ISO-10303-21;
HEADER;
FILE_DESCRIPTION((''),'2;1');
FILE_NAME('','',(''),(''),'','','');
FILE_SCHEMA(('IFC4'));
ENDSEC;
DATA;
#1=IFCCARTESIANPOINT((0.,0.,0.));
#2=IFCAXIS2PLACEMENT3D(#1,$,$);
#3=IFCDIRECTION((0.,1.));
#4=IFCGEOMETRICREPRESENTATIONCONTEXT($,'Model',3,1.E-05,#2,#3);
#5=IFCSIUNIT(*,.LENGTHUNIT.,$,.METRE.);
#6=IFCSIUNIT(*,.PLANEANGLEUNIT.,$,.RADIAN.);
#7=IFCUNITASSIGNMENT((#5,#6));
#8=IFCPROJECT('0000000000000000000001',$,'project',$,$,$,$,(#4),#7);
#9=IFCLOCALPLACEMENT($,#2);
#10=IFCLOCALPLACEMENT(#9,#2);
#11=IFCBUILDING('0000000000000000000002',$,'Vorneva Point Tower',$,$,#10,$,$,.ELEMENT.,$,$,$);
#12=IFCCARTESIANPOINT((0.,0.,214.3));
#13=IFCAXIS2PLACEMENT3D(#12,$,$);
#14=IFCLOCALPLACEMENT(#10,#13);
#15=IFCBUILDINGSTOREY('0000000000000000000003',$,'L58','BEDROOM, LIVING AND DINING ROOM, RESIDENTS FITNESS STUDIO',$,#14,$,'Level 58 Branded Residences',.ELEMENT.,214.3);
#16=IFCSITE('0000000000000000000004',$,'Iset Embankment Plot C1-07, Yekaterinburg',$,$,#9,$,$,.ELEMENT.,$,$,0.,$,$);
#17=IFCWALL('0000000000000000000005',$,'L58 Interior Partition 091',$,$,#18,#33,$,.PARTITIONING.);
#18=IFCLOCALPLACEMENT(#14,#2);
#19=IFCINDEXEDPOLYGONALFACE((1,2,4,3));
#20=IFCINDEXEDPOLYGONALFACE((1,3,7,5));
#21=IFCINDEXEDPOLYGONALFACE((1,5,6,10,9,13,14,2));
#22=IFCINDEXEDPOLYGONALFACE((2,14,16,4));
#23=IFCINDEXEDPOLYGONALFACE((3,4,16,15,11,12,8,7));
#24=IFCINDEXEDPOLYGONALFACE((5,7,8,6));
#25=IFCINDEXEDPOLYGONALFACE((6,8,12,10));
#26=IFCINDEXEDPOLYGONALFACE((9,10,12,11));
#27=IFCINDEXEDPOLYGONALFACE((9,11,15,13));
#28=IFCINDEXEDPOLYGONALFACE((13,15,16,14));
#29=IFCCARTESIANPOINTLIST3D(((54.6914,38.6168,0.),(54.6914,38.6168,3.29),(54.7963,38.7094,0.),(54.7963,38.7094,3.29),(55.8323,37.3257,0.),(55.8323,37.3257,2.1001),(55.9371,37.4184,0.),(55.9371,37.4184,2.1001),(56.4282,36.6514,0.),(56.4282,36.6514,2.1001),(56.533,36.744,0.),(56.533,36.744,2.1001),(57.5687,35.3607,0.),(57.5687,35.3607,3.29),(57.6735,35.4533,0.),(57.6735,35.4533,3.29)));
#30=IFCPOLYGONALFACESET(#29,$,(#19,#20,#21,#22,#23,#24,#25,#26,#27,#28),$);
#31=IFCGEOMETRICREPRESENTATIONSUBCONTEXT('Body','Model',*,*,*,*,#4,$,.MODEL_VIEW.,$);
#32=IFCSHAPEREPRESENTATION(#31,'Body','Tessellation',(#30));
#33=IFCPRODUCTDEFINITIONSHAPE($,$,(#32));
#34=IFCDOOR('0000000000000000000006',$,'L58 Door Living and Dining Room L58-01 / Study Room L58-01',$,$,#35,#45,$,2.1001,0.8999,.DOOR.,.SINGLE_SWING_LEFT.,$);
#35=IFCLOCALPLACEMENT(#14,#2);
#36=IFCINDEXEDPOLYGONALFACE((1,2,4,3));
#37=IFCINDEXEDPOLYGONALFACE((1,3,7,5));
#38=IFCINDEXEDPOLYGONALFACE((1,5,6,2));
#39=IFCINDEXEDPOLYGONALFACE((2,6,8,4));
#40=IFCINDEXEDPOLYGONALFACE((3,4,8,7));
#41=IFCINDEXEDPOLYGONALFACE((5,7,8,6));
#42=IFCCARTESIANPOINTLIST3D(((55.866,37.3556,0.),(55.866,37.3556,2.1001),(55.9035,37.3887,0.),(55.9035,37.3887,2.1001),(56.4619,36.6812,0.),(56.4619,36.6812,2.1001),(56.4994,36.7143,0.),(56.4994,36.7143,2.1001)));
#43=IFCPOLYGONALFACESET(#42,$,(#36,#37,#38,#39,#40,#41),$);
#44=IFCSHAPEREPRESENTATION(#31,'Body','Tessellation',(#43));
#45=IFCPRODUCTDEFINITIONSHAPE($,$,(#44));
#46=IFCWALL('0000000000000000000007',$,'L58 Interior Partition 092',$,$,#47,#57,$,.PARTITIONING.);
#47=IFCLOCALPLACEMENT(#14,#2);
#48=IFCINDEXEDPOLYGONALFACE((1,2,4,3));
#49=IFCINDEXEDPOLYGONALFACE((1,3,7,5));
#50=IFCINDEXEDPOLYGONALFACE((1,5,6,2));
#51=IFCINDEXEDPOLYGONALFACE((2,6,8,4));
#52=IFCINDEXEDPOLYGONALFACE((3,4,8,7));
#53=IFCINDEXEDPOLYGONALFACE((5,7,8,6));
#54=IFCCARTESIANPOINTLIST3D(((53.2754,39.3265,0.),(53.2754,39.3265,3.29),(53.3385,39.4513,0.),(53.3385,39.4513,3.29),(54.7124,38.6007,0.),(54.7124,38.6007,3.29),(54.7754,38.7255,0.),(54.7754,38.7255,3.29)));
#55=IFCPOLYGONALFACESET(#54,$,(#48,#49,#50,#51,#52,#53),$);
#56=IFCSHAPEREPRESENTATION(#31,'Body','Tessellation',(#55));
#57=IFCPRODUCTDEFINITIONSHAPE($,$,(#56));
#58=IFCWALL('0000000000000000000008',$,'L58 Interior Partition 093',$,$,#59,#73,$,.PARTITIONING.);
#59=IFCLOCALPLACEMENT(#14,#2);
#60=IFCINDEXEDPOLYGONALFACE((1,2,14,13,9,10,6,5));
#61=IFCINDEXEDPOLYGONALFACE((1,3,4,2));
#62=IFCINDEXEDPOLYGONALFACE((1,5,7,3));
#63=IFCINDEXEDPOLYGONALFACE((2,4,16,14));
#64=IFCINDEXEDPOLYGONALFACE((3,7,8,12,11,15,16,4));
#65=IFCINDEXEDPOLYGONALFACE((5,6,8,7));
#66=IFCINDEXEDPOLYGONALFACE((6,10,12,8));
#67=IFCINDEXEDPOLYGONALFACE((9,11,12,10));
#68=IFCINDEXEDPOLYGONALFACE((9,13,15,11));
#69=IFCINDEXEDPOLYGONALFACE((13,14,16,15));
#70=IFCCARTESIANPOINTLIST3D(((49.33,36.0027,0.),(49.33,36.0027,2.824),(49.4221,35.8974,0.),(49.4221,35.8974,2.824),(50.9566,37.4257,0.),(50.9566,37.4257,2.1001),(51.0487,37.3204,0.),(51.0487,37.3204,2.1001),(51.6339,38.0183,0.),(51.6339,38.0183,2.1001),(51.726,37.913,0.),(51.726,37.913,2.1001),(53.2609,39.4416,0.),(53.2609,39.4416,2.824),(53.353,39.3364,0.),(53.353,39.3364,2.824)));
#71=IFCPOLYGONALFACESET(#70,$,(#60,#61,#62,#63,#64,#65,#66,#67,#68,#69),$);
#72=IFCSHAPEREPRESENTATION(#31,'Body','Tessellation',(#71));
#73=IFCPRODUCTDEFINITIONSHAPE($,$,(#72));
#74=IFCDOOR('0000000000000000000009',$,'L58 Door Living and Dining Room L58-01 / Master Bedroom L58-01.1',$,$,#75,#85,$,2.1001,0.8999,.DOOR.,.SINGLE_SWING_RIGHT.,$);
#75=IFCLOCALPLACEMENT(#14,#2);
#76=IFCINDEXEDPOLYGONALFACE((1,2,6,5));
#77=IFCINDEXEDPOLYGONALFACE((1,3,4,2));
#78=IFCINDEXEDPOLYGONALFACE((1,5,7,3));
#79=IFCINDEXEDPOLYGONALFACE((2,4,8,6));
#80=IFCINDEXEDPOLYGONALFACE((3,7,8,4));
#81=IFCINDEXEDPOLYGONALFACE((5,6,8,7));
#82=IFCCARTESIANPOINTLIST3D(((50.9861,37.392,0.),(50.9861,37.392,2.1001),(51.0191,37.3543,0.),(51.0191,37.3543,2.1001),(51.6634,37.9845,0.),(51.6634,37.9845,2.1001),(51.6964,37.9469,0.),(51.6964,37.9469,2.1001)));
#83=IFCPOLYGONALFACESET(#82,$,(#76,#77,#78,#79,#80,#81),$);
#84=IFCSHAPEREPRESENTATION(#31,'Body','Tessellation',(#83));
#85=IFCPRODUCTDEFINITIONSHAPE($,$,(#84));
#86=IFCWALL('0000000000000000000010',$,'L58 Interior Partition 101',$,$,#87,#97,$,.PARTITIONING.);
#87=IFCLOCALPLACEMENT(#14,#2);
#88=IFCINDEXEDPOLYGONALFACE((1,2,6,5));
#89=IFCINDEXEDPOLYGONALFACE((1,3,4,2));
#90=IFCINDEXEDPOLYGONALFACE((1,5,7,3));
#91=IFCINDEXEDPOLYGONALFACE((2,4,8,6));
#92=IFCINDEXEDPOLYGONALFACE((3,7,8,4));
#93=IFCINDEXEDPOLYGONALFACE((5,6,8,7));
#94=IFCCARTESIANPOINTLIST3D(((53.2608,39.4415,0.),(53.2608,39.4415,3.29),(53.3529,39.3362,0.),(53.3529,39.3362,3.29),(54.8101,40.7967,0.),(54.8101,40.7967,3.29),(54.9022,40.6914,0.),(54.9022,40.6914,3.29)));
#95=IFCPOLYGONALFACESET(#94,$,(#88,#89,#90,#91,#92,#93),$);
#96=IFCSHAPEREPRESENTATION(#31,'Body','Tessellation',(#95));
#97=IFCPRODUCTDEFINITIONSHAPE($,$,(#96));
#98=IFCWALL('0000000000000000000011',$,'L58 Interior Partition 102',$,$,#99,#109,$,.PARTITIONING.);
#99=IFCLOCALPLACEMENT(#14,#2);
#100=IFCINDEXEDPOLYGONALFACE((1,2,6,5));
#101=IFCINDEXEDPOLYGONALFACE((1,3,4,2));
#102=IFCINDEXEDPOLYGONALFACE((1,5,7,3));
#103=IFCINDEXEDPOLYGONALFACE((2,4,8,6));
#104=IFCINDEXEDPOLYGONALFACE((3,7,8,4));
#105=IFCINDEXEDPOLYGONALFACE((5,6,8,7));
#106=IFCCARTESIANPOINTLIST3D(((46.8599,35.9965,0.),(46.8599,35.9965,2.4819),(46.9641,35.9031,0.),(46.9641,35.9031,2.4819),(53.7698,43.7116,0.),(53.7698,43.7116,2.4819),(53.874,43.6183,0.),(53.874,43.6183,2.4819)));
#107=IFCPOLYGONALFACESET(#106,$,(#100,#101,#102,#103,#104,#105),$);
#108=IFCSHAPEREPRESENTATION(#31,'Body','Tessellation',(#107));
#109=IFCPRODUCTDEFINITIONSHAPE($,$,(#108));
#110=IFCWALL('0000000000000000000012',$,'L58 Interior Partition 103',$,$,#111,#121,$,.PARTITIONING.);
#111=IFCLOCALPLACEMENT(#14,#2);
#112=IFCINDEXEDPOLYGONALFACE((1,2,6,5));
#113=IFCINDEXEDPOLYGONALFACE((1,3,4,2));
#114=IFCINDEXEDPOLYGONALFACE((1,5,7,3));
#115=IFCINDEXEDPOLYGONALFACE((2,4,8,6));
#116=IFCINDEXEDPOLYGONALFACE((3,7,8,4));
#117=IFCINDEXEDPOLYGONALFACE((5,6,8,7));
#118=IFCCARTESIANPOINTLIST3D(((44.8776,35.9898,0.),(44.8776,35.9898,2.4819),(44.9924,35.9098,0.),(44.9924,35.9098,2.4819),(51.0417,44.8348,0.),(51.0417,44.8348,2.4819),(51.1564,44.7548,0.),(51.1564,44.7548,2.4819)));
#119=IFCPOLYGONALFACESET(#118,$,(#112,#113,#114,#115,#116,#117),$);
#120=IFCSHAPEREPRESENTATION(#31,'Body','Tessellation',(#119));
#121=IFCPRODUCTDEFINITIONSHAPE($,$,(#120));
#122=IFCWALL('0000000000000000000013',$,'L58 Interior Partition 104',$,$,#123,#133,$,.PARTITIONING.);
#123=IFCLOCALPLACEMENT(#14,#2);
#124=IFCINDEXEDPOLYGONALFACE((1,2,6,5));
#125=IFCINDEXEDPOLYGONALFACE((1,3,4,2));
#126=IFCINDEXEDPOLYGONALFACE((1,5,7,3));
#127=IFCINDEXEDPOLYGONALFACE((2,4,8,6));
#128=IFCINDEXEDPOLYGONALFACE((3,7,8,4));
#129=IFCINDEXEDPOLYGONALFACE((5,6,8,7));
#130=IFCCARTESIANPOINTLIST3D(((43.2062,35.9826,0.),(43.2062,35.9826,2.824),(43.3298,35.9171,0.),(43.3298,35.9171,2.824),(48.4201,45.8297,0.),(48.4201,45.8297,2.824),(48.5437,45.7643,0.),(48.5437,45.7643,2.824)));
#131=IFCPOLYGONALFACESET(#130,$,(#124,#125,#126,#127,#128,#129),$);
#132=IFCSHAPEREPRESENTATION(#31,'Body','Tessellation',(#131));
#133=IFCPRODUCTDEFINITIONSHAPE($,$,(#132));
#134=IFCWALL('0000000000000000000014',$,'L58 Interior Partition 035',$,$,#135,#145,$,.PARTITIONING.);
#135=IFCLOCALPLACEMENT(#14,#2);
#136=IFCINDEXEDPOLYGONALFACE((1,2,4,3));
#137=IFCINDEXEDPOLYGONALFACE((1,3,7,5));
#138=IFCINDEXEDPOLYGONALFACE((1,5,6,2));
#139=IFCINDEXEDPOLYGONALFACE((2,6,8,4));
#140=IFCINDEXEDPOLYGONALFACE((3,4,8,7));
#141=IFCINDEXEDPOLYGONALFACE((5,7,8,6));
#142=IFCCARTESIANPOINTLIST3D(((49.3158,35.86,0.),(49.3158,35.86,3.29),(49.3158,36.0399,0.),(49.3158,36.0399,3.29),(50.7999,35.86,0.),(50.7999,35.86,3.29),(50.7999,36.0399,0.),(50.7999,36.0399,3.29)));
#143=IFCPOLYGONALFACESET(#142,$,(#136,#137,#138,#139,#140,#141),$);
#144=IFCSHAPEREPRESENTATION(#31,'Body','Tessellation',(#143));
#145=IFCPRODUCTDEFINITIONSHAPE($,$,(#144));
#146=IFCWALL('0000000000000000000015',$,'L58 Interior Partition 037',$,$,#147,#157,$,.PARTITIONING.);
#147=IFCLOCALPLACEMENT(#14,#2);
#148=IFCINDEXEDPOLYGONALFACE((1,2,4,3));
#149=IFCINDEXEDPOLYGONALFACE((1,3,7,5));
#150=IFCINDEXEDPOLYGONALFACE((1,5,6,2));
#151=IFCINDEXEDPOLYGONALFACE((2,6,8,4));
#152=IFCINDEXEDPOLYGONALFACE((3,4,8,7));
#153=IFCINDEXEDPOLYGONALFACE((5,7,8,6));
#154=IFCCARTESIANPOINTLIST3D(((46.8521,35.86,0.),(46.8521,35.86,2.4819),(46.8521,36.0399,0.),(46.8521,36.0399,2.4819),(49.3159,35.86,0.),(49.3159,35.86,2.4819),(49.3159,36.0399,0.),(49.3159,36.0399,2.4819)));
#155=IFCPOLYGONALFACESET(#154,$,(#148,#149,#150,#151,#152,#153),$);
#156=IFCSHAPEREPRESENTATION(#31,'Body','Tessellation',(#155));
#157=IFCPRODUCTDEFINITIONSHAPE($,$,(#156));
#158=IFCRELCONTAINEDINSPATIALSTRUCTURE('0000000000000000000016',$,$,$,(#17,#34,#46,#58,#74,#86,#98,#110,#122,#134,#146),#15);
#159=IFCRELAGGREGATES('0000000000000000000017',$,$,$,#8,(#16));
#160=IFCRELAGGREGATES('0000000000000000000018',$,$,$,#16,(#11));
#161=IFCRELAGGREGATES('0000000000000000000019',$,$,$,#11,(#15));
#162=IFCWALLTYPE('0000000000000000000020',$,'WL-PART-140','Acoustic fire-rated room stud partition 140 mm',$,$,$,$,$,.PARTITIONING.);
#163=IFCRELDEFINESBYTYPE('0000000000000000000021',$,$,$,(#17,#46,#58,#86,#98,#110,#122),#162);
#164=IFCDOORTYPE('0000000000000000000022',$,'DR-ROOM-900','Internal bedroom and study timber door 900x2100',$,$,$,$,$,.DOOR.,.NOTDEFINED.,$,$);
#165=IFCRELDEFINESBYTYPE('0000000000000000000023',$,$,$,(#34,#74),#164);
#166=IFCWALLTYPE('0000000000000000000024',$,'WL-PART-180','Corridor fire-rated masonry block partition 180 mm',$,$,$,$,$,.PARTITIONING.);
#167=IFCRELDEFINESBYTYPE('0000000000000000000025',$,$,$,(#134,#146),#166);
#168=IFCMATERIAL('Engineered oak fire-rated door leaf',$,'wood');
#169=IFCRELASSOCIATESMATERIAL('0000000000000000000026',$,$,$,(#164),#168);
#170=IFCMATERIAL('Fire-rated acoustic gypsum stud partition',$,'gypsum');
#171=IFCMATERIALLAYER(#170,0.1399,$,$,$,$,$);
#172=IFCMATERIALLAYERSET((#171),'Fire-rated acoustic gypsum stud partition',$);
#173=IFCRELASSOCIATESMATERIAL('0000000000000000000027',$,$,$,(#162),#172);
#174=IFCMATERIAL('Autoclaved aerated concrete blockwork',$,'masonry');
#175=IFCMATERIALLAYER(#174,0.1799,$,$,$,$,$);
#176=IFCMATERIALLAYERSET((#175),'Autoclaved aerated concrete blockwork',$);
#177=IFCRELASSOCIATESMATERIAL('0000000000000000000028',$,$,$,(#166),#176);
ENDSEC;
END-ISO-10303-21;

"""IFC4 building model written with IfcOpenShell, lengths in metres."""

from ifc_helpers import new_model, si_unit, direction, frame, frame_2d, origin, place, context, subcontext, project, spatial, rectangle, extrude, material, layer, layer_set, type_object, element, fill, save


model = new_model("IFC4")

# Units and contexts
model_context = context("Model", 3, precision=1e-05, world=origin(), true_north=direction((0.0, 1.0)))
body_context = subcontext(model_context, "Body", "Model", "MODEL_VIEW")
ifc_project = project(units=[si_unit("LENGTHUNIT", "METRE"), si_unit("PLANEANGLEUNIT", "RADIAN")], contexts=[model_context])

# Site, building, storey
site_placement = place(None, origin())
site = spatial("IfcSite", under=ifc_project, at=site_placement, Name="Iset Embankment Plot C1-07, Yekaterinburg", CompositionType="ELEMENT", RefElevation=0.0)
building_placement = place(site_placement, origin())
building = spatial("IfcBuilding", under=site, at=building_placement, Name="Vorneva Point Tower", CompositionType="ELEMENT")
storey_placement = place(building_placement, frame((0.0, 0.0, 214.3)))
storey = spatial("IfcBuildingStorey", under=building, at=storey_placement, Name="L58", Description="BEDROOM, LIVING AND DINING ROOM, RESIDENTS FITNESS STUDIO", LongName="Level 58 Branded Residences", CompositionType="ELEMENT", Elevation=214.3)

# Shared definitions
ifc_material_1 = material(Name="Fire-rated acoustic gypsum stud partition", Category="gypsum")
ifc_material_2 = material(Name="Engineered oak fire-rated door leaf", Category="wood")
door_type = type_object("IfcDoorType", Name="DR-ROOM-900", Description="Internal bedroom and study timber door 900x2100", OperationType="NOTDEFINED", PredefinedType="DOOR", material=ifc_material_2)

# Shared definitions
ifc_layer_1 = layer(ifc_material_1, 0.1399)
ifc_layer_set_1 = layer_set([ifc_layer_1], Name="Fire-rated acoustic gypsum stud partition")
wall_type_1 = type_object("IfcWallType", Name="WL-PART-140", Description="Acoustic fire-rated room stud partition 140 mm", PredefinedType="PARTITIONING", material=ifc_layer_set_1)

# Wall, opening, door
wall_1_placement = place(storey_placement, frame((57.6211, 35.407, 0.0), z_axis=(0.0, 0.0, 1.0), x_axis=(-0.66216, 0.749362, 0.0)))
wall_1 = element("IfcWall", 1, at=wall_1_placement, inside=storey, type_object=wall_type_1, Name="L58 Interior Partition 091", PredefinedType="PARTITIONING", context=body_context, shape_type="SweptSolid", body=[
    extrude(rectangle(XDim=4.3452, YDim=0.1399, at=frame_2d((2.1726, 0.0))), origin(), (0.0, 0.0, 1.0), 3.29),
])
opening_1_placement = place(wall_1_placement, frame((1.7224, 0.0, 0.0)))
opening_1 = element("IfcOpeningElement", 2, at=opening_1_placement, cuts=wall_1, PredefinedType="OPENING", context=body_context, shape_type="SweptSolid", body=[
    extrude(rectangle(XDim=0.8999, YDim=2.1001, at=frame_2d((0.45, 1.05))), frame((0.0, 0.085, 0.0), z_axis=(0.0, -1.0, 0.0), x_axis=(1.0, 0.0, 0.0)), (0.0, 0.0, 1.0), 0.1697),
])
door_1_placement = place(opening_1_placement, origin())
door_1 = element("IfcDoor", 3, at=door_1_placement, inside=storey, type_object=door_type, Name="L58 Door Living and Dining Room L58-01 / Study Room L58-01", OperationType="SINGLE_SWING_LEFT", OverallHeight=2.1001, OverallWidth=0.8999, PredefinedType="DOOR", context=body_context, shape_type="SweptSolid", body=[
    extrude(rectangle(XDim=0.8999, YDim=2.1001, at=frame_2d((0.45, 1.05))), frame((0.0, 0.0249, 0.0), z_axis=(0.0, -1.0, 0.0), x_axis=(1.0, 0.0, 0.0)), (0.0, 0.0, 1.0), 0.05),
])
fill(opening_1, door_1)

# Wall
wall_2_placement = place(storey_placement, frame((54.7439, 38.6631, 0.0), z_axis=(0.0, 0.0, 1.0), x_axis=(-0.8926, 0.450849, 0.0)))
element("IfcWall", 4, at=wall_2_placement, inside=storey, type_object=wall_type_1, Name="L58 Interior Partition 092", PredefinedType="PARTITIONING", context=body_context, shape_type="SweptSolid", body=[
    extrude(rectangle(XDim=1.6099, YDim=0.1399, at=frame_2d((0.8049, 0.0))), origin(), (0.0, 0.0, 1.0), 3.29),
])

# Wall, opening, door
wall_3_placement = place(storey_placement, frame((53.3069, 39.3889, 0.0), z_axis=(0.0, 0.0, 1.0), x_axis=(-0.752632, -0.658442, 0.0)))
wall_3 = element("IfcWall", 5, at=wall_3_placement, inside=storey, type_object=wall_type_1, Name="L58 Interior Partition 093", PredefinedType="PARTITIONING", context=body_context, shape_type="SweptSolid", body=[
    extrude(rectangle(XDim=5.2229, YDim=0.1399, at=frame_2d((2.6113, 0.0))), origin(), (0.0, 0.0, 1.0), 2.824),
])
opening_2_placement = place(wall_3_placement, frame((2.1616, 0.0, 0.0)))
opening_2 = element("IfcOpeningElement", 6, at=opening_2_placement, cuts=wall_3, PredefinedType="OPENING", context=body_context, shape_type="SweptSolid", body=[
    extrude(rectangle(XDim=0.8999, YDim=2.1001, at=frame_2d((0.45, 1.05))), frame((0.0, 0.085, 0.0), z_axis=(0.0, -1.0, 0.0), x_axis=(1.0, 0.0, 0.0)), (0.0, 0.0, 1.0), 0.1697),
])
door_2_placement = place(opening_2_placement, origin())
door_2 = element("IfcDoor", 7, at=door_2_placement, inside=storey, type_object=door_type, Name="L58 Door Living and Dining Room L58-01 / Master Bedroom L58-01.1", OperationType="SINGLE_SWING_RIGHT", OverallHeight=2.1001, OverallWidth=0.8999, PredefinedType="DOOR", context=body_context, shape_type="SweptSolid", body=[
    extrude(rectangle(XDim=0.8999, YDim=2.1001, at=frame_2d((0.45, 1.05))), frame((0.0, 0.0249, 0.0), z_axis=(0.0, -1.0, 0.0), x_axis=(1.0, 0.0, 0.0)), (0.0, 0.0, 1.0), 0.05),
])
fill(opening_2, door_2)

# Walls
wall_4_placement = place(storey_placement, frame((54.8562, 40.7441, 0.0), z_axis=(0.0, 0.0, 1.0), x_axis=(-0.75268, -0.658387, 0.0)))
element("IfcWall", 8, at=wall_4_placement, inside=storey, type_object=wall_type_1, Name="L58 Interior Partition 101", PredefinedType="PARTITIONING", context=body_context, shape_type="SweptSolid", body=[
    extrude(rectangle(XDim=2.0583, YDim=0.1399, at=frame_2d((1.0293, 0.0))), origin(), (0.0, 0.0, 1.0), 3.29),
])
wall_5_placement = place(storey_placement, frame((53.822, 43.665, 0.0), z_axis=(0.0, 0.0, 1.0), x_axis=(-0.667167, -0.744908, 0.0)))
element("IfcWall", 9, at=wall_5_placement, inside=storey, type_object=wall_type_1, Name="L58 Interior Partition 102", PredefinedType="PARTITIONING", context=body_context, shape_type="SweptSolid", body=[
    extrude(rectangle(XDim=10.3572, YDim=0.1399, at=frame_2d((5.1787, 0.0))), origin(), (0.0, 0.0, 1.0), 2.4819),
])
wall_6_placement = place(storey_placement, frame((51.0991, 44.7949, 0.0), z_axis=(0.0, 0.0, 1.0), x_axis=(-0.571754, -0.820425, 0.0)))
element("IfcWall", 10, at=wall_6_placement, inside=storey, type_object=wall_type_1, Name="L58 Interior Partition 103", PredefinedType="PARTITIONING", context=body_context, shape_type="SweptSolid", body=[
    extrude(rectangle(XDim=10.781, YDim=0.1399, at=frame_2d((5.3906, 0.0))), origin(), (0.0, 0.0, 1.0), 2.4819),
])
wall_7_placement = place(storey_placement, frame((48.4819, 45.7971, 0.0), z_axis=(0.0, 0.0, 1.0), x_axis=(-0.467934, -0.883763, 0.0)))
element("IfcWall", 11, at=wall_7_placement, inside=storey, type_object=wall_type_1, Name="L58 Interior Partition 104", PredefinedType="PARTITIONING", context=body_context, shape_type="SweptSolid", body=[
    extrude(rectangle(XDim=11.1423, YDim=0.1399, at=frame_2d((5.5713, 0.0))), origin(), (0.0, 0.0, 1.0), 2.824),
])
ifc_material_3 = material(Name="Autoclaved aerated concrete blockwork", Category="masonry")
ifc_layer_2 = layer(ifc_material_3, 0.1799)
ifc_layer_set_2 = layer_set([ifc_layer_2], Name="Autoclaved aerated concrete blockwork")
wall_type_2 = type_object("IfcWallType", Name="WL-PART-180", Description="Corridor fire-rated masonry block partition 180 mm", PredefinedType="PARTITIONING", material=ifc_layer_set_2)
wall_8_placement = place(storey_placement, frame((50.8, 35.95, 0.0), z_axis=(0.0, 0.0, 1.0), x_axis=(-1.0, 0.0, 0.0)))
element("IfcWall", 12, at=wall_8_placement, inside=storey, type_object=wall_type_2, Name="L58 Interior Partition 035", PredefinedType="PARTITIONING", context=body_context, shape_type="SweptSolid", body=[
    extrude(rectangle(XDim=1.4841, YDim=0.1799, at=frame_2d((0.7422, 0.0))), origin(), (0.0, 0.0, 1.0), 3.29),
])
wall_9_placement = place(storey_placement, frame((49.3159, 35.95, 0.0), z_axis=(0.0, 0.0, 1.0), x_axis=(-1.0, 0.0, 0.0)))
element("IfcWall", 13, at=wall_9_placement, inside=storey, type_object=wall_type_2, Name="L58 Interior Partition 037", PredefinedType="PARTITIONING", context=body_context, shape_type="SweptSolid", body=[
    extrude(rectangle(XDim=2.4639, YDim=0.1799, at=frame_2d((1.2319, 0.0))), origin(), (0.0, 0.0, 1.0), 2.4819),
])

save(model, "model.ifc")
